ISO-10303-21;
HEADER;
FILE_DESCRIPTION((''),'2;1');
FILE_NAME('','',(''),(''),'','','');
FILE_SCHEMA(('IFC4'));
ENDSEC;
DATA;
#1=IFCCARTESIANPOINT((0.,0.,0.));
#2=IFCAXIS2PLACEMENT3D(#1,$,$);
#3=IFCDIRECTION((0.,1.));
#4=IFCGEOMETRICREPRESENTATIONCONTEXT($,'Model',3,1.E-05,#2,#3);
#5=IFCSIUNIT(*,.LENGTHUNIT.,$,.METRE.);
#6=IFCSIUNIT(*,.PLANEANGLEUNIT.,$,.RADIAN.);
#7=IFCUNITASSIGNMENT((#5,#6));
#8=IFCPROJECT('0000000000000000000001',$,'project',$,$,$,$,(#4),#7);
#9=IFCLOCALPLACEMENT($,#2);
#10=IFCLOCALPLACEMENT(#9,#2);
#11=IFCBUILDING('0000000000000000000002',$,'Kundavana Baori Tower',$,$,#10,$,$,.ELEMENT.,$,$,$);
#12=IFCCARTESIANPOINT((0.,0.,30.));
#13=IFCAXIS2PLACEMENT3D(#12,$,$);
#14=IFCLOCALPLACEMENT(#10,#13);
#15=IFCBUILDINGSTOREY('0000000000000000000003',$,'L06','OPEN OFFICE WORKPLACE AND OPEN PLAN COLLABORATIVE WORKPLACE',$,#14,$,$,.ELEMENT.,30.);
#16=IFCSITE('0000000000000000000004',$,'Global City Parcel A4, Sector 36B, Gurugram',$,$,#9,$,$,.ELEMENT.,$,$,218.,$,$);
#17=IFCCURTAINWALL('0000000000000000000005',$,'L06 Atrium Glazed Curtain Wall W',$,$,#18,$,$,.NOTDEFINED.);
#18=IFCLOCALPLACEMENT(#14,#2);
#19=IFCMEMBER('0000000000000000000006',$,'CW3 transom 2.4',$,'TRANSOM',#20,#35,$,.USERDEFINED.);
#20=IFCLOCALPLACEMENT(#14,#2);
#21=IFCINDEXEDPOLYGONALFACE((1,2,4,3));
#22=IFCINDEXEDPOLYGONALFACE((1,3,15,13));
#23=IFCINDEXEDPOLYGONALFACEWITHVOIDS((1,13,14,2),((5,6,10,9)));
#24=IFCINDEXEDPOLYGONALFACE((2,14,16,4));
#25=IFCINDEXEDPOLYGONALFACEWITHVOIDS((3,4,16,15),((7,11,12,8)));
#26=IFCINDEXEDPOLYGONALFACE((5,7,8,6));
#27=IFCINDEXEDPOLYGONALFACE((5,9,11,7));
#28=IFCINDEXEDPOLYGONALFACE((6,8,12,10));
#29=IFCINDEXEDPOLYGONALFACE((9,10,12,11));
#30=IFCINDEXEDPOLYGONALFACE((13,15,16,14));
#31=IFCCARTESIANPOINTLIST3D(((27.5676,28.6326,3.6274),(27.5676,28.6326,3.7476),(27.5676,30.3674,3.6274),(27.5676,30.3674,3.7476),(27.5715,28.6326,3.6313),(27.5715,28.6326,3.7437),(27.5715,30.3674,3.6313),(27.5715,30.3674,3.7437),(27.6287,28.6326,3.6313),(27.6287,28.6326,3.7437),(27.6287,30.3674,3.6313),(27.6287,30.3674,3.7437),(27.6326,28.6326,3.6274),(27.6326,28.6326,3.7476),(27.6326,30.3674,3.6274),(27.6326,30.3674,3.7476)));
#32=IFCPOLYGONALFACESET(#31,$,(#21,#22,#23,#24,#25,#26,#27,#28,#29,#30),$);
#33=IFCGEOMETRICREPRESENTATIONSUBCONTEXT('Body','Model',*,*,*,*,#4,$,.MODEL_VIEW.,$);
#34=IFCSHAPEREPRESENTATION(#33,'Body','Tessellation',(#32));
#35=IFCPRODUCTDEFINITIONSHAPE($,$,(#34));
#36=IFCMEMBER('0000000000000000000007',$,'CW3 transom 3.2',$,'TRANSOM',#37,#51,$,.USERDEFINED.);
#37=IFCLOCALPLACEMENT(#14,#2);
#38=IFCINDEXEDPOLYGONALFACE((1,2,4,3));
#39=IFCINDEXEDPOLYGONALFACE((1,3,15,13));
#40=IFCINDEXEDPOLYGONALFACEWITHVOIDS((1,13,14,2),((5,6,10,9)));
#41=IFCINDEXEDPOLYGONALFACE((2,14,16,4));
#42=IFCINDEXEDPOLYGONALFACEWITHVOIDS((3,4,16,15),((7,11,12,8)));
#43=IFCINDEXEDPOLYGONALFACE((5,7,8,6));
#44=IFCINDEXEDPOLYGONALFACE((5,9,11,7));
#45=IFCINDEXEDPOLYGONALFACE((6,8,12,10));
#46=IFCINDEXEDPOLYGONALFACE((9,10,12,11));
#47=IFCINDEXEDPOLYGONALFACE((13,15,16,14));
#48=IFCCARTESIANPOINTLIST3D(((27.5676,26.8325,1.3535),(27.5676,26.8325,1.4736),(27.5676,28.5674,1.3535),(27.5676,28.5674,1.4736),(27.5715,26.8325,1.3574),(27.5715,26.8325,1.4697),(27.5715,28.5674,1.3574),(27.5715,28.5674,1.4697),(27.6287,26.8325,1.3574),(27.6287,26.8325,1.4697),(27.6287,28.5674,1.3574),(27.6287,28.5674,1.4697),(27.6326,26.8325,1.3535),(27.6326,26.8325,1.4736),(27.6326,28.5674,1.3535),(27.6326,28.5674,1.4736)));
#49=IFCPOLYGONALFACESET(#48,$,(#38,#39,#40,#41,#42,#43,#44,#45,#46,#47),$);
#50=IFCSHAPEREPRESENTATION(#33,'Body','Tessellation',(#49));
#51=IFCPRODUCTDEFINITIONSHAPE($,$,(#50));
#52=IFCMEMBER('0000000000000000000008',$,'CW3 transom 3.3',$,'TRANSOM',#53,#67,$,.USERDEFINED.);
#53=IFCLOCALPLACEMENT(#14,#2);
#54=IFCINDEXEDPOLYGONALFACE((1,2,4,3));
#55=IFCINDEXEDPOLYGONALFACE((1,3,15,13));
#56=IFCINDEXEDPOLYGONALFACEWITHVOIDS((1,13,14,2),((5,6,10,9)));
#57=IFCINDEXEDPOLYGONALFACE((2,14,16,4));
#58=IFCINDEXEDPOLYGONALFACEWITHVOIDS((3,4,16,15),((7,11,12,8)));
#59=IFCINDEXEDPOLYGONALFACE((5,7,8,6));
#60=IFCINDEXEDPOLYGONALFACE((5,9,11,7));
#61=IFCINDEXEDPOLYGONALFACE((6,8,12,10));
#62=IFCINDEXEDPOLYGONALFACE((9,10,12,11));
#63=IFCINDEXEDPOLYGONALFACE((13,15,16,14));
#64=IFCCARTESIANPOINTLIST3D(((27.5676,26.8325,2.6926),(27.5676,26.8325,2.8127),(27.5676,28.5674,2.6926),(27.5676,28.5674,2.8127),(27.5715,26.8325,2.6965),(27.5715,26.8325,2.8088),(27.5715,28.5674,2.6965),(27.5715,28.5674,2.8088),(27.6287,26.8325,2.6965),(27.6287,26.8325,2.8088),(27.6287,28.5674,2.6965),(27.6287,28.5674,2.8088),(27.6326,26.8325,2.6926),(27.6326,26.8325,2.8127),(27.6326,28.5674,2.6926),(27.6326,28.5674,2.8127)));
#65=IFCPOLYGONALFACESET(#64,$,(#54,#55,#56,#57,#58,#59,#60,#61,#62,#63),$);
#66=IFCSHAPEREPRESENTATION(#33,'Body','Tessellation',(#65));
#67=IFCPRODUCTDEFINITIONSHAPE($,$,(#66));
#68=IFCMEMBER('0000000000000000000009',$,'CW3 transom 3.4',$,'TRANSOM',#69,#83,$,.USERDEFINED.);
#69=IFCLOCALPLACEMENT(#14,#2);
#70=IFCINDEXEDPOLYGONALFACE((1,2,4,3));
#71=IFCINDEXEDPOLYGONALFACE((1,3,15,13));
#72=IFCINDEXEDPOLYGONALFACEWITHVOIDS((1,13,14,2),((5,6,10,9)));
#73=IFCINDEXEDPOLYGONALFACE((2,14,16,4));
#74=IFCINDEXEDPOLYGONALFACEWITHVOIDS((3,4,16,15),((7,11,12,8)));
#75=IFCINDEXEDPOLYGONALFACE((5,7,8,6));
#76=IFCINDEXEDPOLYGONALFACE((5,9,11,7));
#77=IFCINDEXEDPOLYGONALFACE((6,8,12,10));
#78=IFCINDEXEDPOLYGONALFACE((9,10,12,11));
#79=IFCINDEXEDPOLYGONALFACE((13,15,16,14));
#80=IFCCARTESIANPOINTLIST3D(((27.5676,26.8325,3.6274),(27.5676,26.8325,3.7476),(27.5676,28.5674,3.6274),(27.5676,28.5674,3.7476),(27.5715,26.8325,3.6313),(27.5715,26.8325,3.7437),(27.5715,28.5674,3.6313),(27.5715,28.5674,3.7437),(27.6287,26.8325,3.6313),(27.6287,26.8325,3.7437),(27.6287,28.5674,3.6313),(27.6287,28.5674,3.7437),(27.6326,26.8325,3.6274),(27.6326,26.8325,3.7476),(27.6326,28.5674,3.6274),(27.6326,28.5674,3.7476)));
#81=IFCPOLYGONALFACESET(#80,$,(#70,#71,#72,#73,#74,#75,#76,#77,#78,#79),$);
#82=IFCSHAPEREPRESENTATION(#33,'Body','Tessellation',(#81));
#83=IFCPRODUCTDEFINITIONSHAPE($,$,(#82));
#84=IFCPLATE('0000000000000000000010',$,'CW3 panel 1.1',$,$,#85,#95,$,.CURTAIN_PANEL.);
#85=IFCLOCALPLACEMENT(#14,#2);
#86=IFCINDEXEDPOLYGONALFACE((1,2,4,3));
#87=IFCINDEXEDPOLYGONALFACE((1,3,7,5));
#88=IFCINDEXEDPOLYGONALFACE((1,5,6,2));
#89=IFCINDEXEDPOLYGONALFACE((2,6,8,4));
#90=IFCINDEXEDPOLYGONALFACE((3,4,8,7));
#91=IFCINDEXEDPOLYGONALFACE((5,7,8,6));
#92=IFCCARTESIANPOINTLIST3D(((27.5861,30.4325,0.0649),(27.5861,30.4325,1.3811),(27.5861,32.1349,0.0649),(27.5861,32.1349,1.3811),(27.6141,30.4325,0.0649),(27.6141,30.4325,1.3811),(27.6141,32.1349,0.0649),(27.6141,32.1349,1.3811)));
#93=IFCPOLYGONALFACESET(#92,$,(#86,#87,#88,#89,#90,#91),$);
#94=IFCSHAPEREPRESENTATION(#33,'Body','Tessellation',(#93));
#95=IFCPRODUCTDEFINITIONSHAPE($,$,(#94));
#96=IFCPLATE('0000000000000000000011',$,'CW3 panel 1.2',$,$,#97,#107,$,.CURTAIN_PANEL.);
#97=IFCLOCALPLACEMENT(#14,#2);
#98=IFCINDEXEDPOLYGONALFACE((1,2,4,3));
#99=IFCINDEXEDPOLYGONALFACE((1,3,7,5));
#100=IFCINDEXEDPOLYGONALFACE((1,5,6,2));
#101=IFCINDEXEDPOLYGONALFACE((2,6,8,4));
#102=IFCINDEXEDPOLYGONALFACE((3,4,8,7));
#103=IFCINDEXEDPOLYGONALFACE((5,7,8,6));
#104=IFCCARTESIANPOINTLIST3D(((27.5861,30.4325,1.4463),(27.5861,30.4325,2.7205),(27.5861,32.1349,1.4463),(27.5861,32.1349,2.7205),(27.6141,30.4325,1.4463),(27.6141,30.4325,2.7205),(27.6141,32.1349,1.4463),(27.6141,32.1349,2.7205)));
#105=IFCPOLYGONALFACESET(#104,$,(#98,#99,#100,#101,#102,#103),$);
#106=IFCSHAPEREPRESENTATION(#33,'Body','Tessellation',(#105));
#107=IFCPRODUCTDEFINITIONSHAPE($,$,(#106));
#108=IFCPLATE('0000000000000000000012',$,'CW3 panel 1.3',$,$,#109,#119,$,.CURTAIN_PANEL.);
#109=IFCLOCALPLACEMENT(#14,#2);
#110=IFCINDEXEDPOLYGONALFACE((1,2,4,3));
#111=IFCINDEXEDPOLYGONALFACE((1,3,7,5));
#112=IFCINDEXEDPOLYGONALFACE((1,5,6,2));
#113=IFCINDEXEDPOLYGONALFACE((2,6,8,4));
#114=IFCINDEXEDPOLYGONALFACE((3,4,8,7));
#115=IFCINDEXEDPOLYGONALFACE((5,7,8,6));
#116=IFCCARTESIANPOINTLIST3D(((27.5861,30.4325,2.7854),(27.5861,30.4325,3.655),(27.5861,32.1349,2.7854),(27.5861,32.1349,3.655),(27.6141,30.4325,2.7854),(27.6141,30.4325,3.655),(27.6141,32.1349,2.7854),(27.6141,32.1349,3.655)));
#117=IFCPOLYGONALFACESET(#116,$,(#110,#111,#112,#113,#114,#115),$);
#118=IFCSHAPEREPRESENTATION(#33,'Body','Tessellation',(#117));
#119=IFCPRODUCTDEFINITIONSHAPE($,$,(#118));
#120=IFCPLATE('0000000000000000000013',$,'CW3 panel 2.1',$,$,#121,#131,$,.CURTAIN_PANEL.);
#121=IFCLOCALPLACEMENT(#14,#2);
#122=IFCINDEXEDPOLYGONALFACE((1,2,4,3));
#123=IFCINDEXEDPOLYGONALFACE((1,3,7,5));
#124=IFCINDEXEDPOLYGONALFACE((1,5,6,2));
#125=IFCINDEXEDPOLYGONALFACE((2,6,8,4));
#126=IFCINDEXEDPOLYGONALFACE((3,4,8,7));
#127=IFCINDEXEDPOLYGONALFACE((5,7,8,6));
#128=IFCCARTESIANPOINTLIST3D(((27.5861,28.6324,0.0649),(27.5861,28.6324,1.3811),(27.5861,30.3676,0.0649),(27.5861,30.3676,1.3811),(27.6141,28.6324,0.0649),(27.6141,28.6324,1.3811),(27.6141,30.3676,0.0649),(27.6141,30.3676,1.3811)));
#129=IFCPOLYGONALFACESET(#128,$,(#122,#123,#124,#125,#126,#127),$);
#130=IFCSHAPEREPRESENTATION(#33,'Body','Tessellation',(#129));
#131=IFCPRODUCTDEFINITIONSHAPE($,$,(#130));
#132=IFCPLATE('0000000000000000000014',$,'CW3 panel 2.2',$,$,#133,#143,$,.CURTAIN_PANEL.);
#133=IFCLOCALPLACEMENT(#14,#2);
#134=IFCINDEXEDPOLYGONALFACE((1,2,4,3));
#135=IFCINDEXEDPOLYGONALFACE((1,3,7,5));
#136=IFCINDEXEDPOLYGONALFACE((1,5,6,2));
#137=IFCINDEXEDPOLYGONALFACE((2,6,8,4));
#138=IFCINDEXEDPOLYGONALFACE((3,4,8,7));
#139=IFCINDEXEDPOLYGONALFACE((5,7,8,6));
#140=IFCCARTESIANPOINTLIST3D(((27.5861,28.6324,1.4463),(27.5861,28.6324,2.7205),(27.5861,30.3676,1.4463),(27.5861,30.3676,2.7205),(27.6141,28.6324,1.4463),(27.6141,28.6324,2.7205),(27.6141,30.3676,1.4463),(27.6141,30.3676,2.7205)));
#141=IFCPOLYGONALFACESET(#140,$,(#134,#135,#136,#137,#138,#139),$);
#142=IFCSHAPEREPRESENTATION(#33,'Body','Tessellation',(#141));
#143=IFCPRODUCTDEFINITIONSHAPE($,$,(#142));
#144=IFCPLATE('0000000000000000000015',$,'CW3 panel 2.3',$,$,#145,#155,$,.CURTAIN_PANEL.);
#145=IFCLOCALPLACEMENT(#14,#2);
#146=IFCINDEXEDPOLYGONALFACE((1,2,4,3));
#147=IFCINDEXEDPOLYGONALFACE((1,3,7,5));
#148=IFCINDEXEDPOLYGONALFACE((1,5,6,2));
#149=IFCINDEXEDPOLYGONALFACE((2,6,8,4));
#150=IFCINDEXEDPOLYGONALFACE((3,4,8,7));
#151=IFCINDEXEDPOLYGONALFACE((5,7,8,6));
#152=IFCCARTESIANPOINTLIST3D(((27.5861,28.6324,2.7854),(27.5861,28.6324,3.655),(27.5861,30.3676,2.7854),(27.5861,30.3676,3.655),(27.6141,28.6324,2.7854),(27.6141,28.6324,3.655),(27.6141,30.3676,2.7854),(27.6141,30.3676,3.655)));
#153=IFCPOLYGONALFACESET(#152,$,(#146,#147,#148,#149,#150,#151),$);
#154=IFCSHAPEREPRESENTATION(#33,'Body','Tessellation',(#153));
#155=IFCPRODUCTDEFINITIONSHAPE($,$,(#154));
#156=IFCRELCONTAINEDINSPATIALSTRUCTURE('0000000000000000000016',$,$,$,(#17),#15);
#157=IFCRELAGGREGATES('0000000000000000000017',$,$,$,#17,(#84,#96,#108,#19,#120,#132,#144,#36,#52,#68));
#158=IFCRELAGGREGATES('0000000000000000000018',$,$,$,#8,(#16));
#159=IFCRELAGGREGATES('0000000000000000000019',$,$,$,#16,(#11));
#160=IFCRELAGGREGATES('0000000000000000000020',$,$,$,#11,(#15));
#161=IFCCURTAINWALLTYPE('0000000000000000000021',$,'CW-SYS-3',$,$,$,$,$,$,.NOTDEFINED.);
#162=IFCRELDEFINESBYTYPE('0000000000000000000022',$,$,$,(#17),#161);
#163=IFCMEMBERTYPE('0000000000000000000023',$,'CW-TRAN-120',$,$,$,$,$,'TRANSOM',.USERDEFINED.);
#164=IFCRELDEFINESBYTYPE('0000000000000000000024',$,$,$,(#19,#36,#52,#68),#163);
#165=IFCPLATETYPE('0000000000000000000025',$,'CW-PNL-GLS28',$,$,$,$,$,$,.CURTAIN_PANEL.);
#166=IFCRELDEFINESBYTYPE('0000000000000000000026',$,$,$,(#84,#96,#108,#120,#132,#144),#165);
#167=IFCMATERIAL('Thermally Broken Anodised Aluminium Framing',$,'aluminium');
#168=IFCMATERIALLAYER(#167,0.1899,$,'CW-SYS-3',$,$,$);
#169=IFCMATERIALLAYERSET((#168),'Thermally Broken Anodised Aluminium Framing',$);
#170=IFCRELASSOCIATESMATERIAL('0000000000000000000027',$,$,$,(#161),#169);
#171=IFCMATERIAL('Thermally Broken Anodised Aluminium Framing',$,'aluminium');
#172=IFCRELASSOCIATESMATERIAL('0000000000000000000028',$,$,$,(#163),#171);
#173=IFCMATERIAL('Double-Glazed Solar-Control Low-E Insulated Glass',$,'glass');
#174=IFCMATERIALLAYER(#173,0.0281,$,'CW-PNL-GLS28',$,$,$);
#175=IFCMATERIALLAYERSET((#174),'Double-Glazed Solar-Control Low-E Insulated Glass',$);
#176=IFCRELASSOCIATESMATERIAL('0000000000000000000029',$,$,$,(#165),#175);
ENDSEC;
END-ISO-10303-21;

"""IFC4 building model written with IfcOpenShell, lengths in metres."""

from ifc_helpers import new_model, si_unit, direction, frame, origin, origin_2d, place, context, subcontext, project, spatial, rectangle, hollow_rectangle, extrude, material, layer, layer_set, material_profile, profile_set, type_object, element, aggregate, save


model = new_model("IFC4")

# Units and contexts
model_context = context("Model", 3, precision=1e-05, world=origin(), true_north=direction((0.0, 1.0)))
body_context = subcontext(model_context, "Body", "Model", "MODEL_VIEW")
ifc_project = project(units=[si_unit("LENGTHUNIT", "METRE"), si_unit("PLANEANGLEUNIT", "RADIAN")], contexts=[model_context])

# Site, building, storey
site_placement = place(None, origin())
site = spatial("IfcSite", under=ifc_project, at=site_placement, Name="Global City Parcel A4, Sector 36B, Gurugram", CompositionType="ELEMENT", RefElevation=218.0)
building_placement = place(site_placement, origin())
building = spatial("IfcBuilding", under=site, at=building_placement, Name="Kundavana Baori Tower", CompositionType="ELEMENT")
storey_placement = place(building_placement, frame((0.0, 0.0, 30.0)))
storey = spatial("IfcBuildingStorey", under=building, at=storey_placement, Name="L06", Description="OPEN OFFICE WORKPLACE AND OPEN PLAN COLLABORATIVE WORKPLACE", CompositionType="ELEMENT", Elevation=30.0)

# Shared definitions
ifc_material_1 = material(Name="Thermally Broken Anodised Aluminium Framing", Category="aluminium")
ifc_layer_1 = layer(ifc_material_1, 0.1899, Name="CW-SYS-3")
ifc_layer_set_1 = layer_set([ifc_layer_1], Name="Thermally Broken Anodised Aluminium Framing")
curtain_wall_type = type_object("IfcCurtainWallType", Name="CW-SYS-3", PredefinedType="NOTDEFINED", material=ifc_layer_set_1)

# Curtain wall, members, plates
curtain_wall_1_placement = place(storey_placement, origin())
curtain_wall_1 = element("IfcCurtainWall", 1, at=curtain_wall_1_placement, inside=storey, type_object=curtain_wall_type, Name="L06 Atrium Glazed Curtain Wall W", PredefinedType="NOTDEFINED")
ifc_material_2 = material(Name="Thermally Broken Anodised Aluminium Framing", Category="aluminium")
ifc_material_profile_1 = material_profile(ifc_material_2, hollow_rectangle(XDim=0.0649, YDim=0.1201, WallThickness=0.0039, at=origin_2d()), Name="CW-TRAN-120")
ifc_profile_set_1 = profile_set([ifc_material_profile_1], Name="Thermally Broken Anodised Aluminium Framing")
member_type_1 = type_object("IfcMemberType", Name="CW-TRAN-120", ElementType="TRANSOM", PredefinedType="USERDEFINED", material=ifc_profile_set_1)
member_1_placement = place(storey_placement, frame((27.6001, 30.3674, 3.6875), z_axis=(0.0, -1.0, 0.0), x_axis=(1.0, 0.0, 0.0)))
member_1 = element("IfcMember", 2, at=member_1_placement, type_object=member_type_1, Name="CW3 transom 2.4", ObjectType="TRANSOM", PredefinedType="USERDEFINED", context=body_context, shape_type="SweptSolid", body=[
    extrude(hollow_rectangle(XDim=0.0649, YDim=0.1201, WallThickness=0.0039, at=origin_2d()), origin(), (0.0, 0.0, 1.0), 1.7349),
])
member_2_placement = place(storey_placement, frame((27.6001, 28.5674, 1.4136), z_axis=(0.0, -1.0, 0.0), x_axis=(1.0, 0.0, 0.0)))
member_2 = element("IfcMember", 3, at=member_2_placement, type_object=member_type_1, Name="CW3 transom 3.2", ObjectType="TRANSOM", PredefinedType="USERDEFINED", context=body_context, shape_type="SweptSolid", body=[
    extrude(hollow_rectangle(XDim=0.0649, YDim=0.1201, WallThickness=0.0039, at=origin_2d()), origin(), (0.0, 0.0, 1.0), 1.7349),
])
member_3_placement = place(storey_placement, frame((27.6001, 28.5674, 2.7527), z_axis=(0.0, -1.0, 0.0), x_axis=(1.0, 0.0, 0.0)))
member_3 = element("IfcMember", 4, at=member_3_placement, type_object=member_type_1, Name="CW3 transom 3.3", ObjectType="TRANSOM", PredefinedType="USERDEFINED", context=body_context, shape_type="SweptSolid", body=[
    extrude(hollow_rectangle(XDim=0.0649, YDim=0.1201, WallThickness=0.0039, at=origin_2d()), origin(), (0.0, 0.0, 1.0), 1.7349),
])
member_4_placement = place(storey_placement, frame((27.6001, 28.5674, 3.6875), z_axis=(0.0, -1.0, 0.0), x_axis=(1.0, 0.0, 0.0)))
member_4 = element("IfcMember", 5, at=member_4_placement, type_object=member_type_1, Name="CW3 transom 3.4", ObjectType="TRANSOM", PredefinedType="USERDEFINED", context=body_context, shape_type="SweptSolid", body=[
    extrude(hollow_rectangle(XDim=0.0649, YDim=0.1201, WallThickness=0.0039, at=origin_2d()), origin(), (0.0, 0.0, 1.0), 1.7349),
])
ifc_material_3 = material(Name="Double-Glazed Solar-Control Low-E Insulated Glass", Category="glass")
ifc_layer_2 = layer(ifc_material_3, 0.0281, Name="CW-PNL-GLS28")
ifc_layer_set_2 = layer_set([ifc_layer_2], Name="Double-Glazed Solar-Control Low-E Insulated Glass")
plate_type = type_object("IfcPlateType", Name="CW-PNL-GLS28", PredefinedType="CURTAIN_PANEL", material=ifc_layer_set_2)
plate_1_placement = place(storey_placement, frame((27.6001, 31.2837, 0.0649), z_axis=(0.0, 0.0, 1.0), x_axis=(0.0, -1.0, 0.0)))
plate_1 = element("IfcPlate", 6, at=plate_1_placement, type_object=plate_type, Name="CW3 panel 1.1", PredefinedType="CURTAIN_PANEL", context=body_context, shape_type="SweptSolid", body=[
    extrude(rectangle(XDim=1.7024, YDim=0.0281, at=origin_2d()), origin(), (0.0, 0.0, 1.0), 1.3162),
])
plate_2_placement = place(storey_placement, frame((27.6001, 31.2837, 1.4463), z_axis=(0.0, 0.0, 1.0), x_axis=(0.0, -1.0, 0.0)))
plate_2 = element("IfcPlate", 7, at=plate_2_placement, type_object=plate_type, Name="CW3 panel 1.2", PredefinedType="CURTAIN_PANEL", context=body_context, shape_type="SweptSolid", body=[
    extrude(rectangle(XDim=1.7024, YDim=0.0281, at=origin_2d()), origin(), (0.0, 0.0, 1.0), 1.2742),
])
plate_3_placement = place(storey_placement, frame((27.6001, 31.2837, 2.7854), z_axis=(0.0, 0.0, 1.0), x_axis=(0.0, -1.0, 0.0)))
plate_3 = element("IfcPlate", 8, at=plate_3_placement, type_object=plate_type, Name="CW3 panel 1.3", PredefinedType="CURTAIN_PANEL", context=body_context, shape_type="SweptSolid", body=[
    extrude(rectangle(XDim=1.7024, YDim=0.0281, at=origin_2d()), origin(), (0.0, 0.0, 1.0), 0.8696),
])
plate_4_placement = place(storey_placement, frame((27.6001, 29.5, 0.0649), z_axis=(0.0, 0.0, 1.0), x_axis=(0.0, -1.0, 0.0)))
plate_4 = element("IfcPlate", 9, at=plate_4_placement, type_object=plate_type, Name="CW3 panel 2.1", PredefinedType="CURTAIN_PANEL", context=body_context, shape_type="SweptSolid", body=[
    extrude(rectangle(XDim=1.7351, YDim=0.0281, at=origin_2d()), origin(), (0.0, 0.0, 1.0), 1.3162),
])
plate_5_placement = place(storey_placement, frame((27.6001, 29.5, 1.4463), z_axis=(0.0, 0.0, 1.0), x_axis=(0.0, -1.0, 0.0)))
plate_5 = element("IfcPlate", 10, at=plate_5_placement, type_object=plate_type, Name="CW3 panel 2.2", PredefinedType="CURTAIN_PANEL", context=body_context, shape_type="SweptSolid", body=[
    extrude(rectangle(XDim=1.7351, YDim=0.0281, at=origin_2d()), origin(), (0.0, 0.0, 1.0), 1.2742),
])
plate_6_placement = place(storey_placement, frame((27.6001, 29.5, 2.7854), z_axis=(0.0, 0.0, 1.0), x_axis=(0.0, -1.0, 0.0)))
plate_6 = element("IfcPlate", 11, at=plate_6_placement, type_object=plate_type, Name="CW3 panel 2.3", PredefinedType="CURTAIN_PANEL", context=body_context, shape_type="SweptSolid", body=[
    extrude(rectangle(XDim=1.7351, YDim=0.0281, at=origin_2d()), origin(), (0.0, 0.0, 1.0), 0.8696),
])
aggregate(curtain_wall_1, [plate_1, plate_2, plate_3, member_1, plate_4, plate_5, plate_6, member_2, member_3, member_4])

save(model, "model.ifc")
